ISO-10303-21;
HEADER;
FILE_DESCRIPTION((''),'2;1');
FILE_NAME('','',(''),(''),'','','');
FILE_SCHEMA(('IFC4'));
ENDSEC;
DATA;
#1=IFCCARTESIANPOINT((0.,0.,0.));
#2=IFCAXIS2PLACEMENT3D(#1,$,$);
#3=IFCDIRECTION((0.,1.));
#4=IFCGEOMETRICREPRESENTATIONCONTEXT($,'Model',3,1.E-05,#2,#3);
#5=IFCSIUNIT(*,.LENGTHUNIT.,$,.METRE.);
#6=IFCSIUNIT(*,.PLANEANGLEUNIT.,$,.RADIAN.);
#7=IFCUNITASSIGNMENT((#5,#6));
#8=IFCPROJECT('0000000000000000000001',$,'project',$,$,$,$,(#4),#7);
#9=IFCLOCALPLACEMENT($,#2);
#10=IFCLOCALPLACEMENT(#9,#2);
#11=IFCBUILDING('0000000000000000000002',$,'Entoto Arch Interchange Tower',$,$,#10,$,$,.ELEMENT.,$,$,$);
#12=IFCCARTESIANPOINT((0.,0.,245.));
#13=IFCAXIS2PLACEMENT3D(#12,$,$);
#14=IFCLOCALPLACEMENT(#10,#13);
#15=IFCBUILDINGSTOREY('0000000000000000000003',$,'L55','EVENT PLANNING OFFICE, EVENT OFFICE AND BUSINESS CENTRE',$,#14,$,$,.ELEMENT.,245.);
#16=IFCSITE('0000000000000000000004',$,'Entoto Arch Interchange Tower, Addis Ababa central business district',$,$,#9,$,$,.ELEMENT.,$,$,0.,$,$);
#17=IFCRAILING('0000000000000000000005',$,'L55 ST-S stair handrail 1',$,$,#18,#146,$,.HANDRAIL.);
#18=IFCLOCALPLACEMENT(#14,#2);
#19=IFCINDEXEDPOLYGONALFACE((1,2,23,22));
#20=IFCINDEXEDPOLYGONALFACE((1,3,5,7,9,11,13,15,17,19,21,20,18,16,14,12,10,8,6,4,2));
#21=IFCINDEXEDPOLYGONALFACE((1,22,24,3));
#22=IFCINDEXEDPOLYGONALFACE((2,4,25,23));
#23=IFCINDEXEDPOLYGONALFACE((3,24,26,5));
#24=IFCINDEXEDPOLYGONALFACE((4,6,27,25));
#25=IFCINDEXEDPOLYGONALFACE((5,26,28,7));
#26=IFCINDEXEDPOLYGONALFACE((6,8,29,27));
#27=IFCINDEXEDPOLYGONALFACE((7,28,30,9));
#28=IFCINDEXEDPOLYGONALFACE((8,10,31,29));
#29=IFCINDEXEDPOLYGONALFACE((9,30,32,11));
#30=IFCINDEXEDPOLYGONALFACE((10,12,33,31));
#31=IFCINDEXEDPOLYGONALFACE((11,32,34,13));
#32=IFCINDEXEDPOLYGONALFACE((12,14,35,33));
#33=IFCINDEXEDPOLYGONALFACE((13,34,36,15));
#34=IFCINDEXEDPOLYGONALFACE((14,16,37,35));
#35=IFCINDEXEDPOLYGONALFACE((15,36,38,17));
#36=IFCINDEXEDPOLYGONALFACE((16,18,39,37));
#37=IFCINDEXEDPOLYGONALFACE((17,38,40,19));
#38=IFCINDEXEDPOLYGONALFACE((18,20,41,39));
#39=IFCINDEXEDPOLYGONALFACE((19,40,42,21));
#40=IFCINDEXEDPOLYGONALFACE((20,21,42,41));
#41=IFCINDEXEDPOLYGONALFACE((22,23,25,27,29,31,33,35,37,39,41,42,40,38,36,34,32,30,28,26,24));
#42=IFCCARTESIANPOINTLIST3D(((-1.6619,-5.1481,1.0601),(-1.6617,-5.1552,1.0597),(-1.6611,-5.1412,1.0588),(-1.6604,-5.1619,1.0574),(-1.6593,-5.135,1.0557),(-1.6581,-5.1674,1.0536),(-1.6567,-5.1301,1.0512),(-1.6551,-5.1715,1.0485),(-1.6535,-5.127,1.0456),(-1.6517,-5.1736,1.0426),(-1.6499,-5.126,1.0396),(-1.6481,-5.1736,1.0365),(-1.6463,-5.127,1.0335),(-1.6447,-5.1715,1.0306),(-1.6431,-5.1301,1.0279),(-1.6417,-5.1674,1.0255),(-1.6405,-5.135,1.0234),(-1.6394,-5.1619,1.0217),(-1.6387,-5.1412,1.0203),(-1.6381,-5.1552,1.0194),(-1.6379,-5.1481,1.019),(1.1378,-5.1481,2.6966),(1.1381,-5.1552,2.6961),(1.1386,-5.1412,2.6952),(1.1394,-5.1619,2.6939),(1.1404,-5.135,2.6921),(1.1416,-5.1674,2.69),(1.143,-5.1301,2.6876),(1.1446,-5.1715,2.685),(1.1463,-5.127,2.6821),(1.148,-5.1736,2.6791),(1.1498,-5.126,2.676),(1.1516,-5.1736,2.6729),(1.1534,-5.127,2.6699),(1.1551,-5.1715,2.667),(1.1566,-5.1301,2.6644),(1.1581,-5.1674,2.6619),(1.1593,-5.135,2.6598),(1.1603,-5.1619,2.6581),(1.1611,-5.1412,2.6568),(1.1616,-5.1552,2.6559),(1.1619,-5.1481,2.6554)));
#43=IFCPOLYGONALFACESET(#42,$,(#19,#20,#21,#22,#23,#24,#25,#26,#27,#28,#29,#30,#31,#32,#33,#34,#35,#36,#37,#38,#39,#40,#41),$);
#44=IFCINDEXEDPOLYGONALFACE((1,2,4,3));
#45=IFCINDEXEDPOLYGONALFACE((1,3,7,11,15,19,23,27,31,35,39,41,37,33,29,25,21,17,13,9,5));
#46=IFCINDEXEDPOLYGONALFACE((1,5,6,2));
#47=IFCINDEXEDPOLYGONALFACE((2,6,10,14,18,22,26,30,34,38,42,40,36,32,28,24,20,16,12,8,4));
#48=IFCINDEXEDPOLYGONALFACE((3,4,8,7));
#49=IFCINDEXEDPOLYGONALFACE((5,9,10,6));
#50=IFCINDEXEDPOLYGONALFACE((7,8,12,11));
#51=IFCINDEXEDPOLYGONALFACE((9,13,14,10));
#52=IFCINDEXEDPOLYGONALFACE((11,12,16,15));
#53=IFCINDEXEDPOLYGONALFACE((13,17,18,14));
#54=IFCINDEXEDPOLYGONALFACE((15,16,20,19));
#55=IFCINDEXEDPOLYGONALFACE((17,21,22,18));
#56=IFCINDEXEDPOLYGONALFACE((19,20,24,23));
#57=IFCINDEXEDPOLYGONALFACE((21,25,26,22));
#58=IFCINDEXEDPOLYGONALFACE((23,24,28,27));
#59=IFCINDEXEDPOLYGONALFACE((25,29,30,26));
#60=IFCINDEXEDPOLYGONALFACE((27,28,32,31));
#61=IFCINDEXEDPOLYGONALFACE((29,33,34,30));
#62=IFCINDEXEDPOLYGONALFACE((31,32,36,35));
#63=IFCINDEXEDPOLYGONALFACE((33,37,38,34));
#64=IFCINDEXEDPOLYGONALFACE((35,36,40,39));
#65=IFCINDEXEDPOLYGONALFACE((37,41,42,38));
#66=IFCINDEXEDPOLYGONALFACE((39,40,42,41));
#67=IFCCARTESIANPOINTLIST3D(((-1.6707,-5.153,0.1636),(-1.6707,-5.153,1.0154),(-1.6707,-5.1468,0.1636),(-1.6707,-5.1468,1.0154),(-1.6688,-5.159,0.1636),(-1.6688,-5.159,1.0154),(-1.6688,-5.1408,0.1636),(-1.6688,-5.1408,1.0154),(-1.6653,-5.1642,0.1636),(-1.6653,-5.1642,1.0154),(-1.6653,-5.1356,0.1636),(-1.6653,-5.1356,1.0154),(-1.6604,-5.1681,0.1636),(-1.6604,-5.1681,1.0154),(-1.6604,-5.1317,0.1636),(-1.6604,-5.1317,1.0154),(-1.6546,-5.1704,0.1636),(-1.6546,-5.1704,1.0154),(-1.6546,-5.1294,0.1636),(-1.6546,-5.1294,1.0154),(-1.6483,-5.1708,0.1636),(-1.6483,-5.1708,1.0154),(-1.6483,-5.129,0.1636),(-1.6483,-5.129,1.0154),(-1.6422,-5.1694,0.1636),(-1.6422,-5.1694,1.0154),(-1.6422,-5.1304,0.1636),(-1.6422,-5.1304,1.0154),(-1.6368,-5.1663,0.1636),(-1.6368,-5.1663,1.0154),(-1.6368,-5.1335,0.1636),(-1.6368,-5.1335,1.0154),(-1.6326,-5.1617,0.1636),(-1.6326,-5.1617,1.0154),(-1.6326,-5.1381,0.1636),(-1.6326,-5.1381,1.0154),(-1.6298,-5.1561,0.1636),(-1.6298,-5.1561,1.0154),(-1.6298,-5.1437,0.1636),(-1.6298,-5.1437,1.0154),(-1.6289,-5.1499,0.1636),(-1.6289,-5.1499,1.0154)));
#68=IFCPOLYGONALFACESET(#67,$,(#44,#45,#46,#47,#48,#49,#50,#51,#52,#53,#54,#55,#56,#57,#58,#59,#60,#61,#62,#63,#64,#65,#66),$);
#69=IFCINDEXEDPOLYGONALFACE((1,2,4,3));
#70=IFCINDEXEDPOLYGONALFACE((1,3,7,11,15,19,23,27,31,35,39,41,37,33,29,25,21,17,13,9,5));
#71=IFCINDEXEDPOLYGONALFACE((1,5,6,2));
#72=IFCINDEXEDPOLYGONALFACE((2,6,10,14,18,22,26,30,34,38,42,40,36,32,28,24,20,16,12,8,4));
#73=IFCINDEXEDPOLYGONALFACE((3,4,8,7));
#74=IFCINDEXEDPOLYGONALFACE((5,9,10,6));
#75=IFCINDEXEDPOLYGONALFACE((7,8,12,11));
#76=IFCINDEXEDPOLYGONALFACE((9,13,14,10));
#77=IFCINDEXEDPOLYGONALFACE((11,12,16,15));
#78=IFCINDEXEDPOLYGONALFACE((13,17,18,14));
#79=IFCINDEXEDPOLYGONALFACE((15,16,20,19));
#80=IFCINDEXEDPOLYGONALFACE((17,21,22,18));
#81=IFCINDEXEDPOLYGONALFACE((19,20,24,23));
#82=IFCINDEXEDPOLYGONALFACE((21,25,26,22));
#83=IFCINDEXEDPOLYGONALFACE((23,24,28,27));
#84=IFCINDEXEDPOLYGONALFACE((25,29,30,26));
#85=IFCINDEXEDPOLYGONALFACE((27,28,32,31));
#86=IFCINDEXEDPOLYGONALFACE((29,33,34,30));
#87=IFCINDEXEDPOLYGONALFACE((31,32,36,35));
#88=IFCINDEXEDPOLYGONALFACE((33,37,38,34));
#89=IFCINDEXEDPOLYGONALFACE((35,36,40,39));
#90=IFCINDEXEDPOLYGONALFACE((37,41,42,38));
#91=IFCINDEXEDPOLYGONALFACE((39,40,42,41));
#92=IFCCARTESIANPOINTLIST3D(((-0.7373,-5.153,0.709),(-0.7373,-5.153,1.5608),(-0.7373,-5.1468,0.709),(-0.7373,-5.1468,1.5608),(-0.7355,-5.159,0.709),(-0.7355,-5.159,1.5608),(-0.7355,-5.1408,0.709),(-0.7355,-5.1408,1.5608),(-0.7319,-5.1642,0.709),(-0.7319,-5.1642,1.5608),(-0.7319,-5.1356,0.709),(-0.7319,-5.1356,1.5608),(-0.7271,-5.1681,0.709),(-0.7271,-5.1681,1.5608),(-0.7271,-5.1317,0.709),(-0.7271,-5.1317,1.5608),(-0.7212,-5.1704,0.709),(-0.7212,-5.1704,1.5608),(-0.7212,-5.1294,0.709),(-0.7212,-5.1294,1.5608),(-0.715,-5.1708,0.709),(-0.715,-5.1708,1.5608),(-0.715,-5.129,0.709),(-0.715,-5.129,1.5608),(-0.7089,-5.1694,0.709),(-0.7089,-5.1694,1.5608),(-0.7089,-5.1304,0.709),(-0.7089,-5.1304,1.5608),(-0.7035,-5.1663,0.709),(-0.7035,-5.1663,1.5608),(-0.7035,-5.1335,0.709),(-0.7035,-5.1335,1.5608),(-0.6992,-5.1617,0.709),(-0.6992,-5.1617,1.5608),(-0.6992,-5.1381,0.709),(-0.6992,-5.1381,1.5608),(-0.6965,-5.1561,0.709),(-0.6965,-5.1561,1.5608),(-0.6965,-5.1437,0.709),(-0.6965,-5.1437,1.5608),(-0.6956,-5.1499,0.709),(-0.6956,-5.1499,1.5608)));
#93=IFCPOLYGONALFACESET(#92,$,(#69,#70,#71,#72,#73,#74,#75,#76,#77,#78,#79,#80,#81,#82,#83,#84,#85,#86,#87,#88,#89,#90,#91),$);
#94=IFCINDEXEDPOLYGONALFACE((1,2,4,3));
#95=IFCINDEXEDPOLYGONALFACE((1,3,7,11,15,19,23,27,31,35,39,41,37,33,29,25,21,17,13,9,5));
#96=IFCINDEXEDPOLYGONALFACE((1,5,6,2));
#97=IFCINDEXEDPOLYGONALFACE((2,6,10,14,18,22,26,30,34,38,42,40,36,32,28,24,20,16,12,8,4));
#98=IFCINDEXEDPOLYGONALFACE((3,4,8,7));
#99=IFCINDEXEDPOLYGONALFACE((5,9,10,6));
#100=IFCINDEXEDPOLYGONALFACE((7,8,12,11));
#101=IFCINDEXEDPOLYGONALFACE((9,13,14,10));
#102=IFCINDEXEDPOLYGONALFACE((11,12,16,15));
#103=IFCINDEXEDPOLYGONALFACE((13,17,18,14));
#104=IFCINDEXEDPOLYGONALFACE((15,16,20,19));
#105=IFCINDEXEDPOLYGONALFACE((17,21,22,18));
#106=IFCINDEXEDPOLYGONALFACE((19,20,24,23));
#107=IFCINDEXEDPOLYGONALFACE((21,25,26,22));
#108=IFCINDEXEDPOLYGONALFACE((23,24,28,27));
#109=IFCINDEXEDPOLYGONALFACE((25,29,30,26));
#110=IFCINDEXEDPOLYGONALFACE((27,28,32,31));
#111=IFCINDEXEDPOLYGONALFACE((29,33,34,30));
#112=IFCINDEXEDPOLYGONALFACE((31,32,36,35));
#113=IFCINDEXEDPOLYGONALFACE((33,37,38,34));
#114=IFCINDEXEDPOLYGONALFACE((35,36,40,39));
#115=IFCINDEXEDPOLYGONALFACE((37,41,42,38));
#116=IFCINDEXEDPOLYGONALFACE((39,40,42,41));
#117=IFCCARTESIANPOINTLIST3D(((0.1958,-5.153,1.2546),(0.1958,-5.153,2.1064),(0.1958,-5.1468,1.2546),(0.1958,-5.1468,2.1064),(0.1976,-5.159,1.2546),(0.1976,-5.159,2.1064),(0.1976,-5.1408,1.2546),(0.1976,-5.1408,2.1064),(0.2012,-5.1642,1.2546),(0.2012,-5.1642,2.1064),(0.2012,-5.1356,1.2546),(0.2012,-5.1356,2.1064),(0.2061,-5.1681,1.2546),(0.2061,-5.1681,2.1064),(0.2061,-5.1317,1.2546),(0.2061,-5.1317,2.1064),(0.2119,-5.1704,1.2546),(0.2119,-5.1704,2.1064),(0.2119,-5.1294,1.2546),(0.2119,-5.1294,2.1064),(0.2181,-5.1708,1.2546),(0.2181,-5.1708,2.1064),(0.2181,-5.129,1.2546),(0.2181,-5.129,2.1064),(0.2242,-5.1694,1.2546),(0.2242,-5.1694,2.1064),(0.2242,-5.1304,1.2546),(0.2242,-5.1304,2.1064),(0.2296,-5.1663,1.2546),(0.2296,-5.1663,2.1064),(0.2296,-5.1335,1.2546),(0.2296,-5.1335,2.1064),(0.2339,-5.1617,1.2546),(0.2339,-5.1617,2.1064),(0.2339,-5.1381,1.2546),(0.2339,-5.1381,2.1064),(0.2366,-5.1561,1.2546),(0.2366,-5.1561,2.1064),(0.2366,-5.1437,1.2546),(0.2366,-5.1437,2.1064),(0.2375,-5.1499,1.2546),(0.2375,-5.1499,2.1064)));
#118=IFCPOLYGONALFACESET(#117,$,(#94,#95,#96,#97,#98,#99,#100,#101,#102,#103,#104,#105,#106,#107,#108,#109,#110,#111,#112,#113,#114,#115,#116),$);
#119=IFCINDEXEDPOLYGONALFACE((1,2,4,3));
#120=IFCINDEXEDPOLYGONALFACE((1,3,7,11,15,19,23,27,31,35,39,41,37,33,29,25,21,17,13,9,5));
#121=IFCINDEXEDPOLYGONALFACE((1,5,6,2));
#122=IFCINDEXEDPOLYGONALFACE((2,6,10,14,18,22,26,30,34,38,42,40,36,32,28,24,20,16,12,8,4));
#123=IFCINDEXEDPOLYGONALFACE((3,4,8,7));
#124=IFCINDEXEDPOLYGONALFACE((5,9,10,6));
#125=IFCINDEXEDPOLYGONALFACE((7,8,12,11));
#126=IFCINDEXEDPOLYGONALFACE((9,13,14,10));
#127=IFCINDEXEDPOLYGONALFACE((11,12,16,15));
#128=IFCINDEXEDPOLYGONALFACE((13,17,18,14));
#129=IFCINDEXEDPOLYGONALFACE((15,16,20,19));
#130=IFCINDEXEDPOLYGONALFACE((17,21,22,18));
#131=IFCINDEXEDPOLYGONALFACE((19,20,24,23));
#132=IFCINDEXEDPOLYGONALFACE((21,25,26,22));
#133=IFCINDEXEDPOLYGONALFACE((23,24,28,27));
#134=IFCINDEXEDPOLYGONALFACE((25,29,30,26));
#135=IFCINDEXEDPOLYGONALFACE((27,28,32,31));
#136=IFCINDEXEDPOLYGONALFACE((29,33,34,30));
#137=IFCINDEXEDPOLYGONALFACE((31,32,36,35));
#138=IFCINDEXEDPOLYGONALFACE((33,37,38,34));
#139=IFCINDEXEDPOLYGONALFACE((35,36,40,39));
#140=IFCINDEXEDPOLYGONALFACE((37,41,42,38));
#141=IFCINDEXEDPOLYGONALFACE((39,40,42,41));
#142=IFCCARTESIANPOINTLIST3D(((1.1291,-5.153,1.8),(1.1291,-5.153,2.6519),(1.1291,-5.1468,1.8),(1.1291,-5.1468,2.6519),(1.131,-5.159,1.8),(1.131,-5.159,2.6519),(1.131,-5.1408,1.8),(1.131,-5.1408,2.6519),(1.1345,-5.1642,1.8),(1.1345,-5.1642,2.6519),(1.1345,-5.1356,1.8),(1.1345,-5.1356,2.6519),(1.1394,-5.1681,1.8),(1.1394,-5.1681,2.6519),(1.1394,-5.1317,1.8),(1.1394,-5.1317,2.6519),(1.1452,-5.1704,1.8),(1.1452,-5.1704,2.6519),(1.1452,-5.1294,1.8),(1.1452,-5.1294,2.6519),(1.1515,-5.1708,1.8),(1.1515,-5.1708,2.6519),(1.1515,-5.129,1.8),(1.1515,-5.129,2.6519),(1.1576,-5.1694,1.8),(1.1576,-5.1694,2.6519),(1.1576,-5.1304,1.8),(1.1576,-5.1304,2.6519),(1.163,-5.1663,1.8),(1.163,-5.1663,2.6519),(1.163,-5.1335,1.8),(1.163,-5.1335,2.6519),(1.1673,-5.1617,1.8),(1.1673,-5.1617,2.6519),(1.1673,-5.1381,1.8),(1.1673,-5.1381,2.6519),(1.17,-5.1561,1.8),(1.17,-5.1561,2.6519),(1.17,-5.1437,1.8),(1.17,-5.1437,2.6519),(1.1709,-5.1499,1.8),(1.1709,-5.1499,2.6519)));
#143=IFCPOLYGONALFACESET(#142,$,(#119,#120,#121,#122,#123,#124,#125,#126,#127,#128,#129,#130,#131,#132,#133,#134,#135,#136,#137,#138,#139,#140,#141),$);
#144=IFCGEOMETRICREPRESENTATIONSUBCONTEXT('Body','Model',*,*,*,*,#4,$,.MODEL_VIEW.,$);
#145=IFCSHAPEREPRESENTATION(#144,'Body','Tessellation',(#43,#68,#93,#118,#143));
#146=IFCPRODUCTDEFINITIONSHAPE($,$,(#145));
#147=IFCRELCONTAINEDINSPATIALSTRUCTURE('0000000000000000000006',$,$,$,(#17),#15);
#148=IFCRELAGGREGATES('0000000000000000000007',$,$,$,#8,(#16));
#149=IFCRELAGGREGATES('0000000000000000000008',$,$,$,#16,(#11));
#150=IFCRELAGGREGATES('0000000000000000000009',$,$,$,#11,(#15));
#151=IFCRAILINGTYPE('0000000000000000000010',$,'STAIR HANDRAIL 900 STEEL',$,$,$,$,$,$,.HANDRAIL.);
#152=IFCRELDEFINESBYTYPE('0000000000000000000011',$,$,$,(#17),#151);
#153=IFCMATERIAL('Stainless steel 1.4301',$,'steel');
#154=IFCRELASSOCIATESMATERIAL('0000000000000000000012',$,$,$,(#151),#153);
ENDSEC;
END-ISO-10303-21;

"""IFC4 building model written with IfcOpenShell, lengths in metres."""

from ifc_helpers import new_model, si_unit, direction, frame, origin, origin_2d, place, context, subcontext, project, spatial, circle, extrude, material, type_object, element, save


model = new_model("IFC4")

# Units and contexts
model_context = context("Model", 3, precision=1e-05, world=origin(), true_north=direction((0.0, 1.0)))
body_context = subcontext(model_context, "Body", "Model", "MODEL_VIEW")
ifc_project = project(units=[si_unit("LENGTHUNIT", "METRE"), si_unit("PLANEANGLEUNIT", "RADIAN")], contexts=[model_context])

# Site, building, storey
site_placement = place(None, origin())
site = spatial("IfcSite", under=ifc_project, at=site_placement, Name="Entoto Arch Interchange Tower, Addis Ababa central business district", CompositionType="ELEMENT", RefElevation=0.0)
building_placement = place(site_placement, origin())
building = spatial("IfcBuilding", under=site, at=building_placement, Name="Entoto Arch Interchange Tower", CompositionType="ELEMENT")
storey_placement = place(building_placement, frame((0.0, 0.0, 245.0)))
storey = spatial("IfcBuildingStorey", under=building, at=storey_placement, Name="L55", Description="EVENT PLANNING OFFICE, EVENT OFFICE AND BUSINESS CENTRE", CompositionType="ELEMENT", Elevation=245.0)

# Railing
ifc_material_1 = material(Name="Stainless steel 1.4301", Category="steel")
railing_type_1 = type_object("IfcRailingType", Name="STAIR HANDRAIL 900 STEEL", PredefinedType="HANDRAIL", material=ifc_material_1)
railing_1_placement = place(storey_placement, frame((-1.6499, -5.1499, 0.1636)))
element("IfcRailing", 1, at=railing_1_placement, inside=storey, type_object=railing_type_1, Name="L55 ST-S stair handrail 1", PredefinedType="HANDRAIL", context=body_context, shape_type="SweptSolid", body=[
    extrude(circle(Radius=0.0239, at=origin_2d()), frame((0.0, 0.0, 0.876), z_axis=(0.863342, 0.0, 0.50462), x_axis=(0.0, 1.0, 0.0)), (0.0, 0.0, 1.0), 3.2429),
    extrude(circle(Radius=0.021, at=origin_2d()), origin(), (0.0, 0.0, 1.0), 0.8518),
    extrude(circle(Radius=0.021, at=origin_2d()), frame((0.9333, 0.0, 0.5454)), (0.0, 0.0, 1.0), 0.8518),
    extrude(circle(Radius=0.021, at=origin_2d()), frame((1.8665, 0.0, 1.0911)), (0.0, 0.0, 1.0), 0.8518),
    extrude(circle(Radius=0.021, at=origin_2d()), frame((2.7998, 0.0, 1.6365)), (0.0, 0.0, 1.0), 0.8518),
])

save(model, "model.ifc")
